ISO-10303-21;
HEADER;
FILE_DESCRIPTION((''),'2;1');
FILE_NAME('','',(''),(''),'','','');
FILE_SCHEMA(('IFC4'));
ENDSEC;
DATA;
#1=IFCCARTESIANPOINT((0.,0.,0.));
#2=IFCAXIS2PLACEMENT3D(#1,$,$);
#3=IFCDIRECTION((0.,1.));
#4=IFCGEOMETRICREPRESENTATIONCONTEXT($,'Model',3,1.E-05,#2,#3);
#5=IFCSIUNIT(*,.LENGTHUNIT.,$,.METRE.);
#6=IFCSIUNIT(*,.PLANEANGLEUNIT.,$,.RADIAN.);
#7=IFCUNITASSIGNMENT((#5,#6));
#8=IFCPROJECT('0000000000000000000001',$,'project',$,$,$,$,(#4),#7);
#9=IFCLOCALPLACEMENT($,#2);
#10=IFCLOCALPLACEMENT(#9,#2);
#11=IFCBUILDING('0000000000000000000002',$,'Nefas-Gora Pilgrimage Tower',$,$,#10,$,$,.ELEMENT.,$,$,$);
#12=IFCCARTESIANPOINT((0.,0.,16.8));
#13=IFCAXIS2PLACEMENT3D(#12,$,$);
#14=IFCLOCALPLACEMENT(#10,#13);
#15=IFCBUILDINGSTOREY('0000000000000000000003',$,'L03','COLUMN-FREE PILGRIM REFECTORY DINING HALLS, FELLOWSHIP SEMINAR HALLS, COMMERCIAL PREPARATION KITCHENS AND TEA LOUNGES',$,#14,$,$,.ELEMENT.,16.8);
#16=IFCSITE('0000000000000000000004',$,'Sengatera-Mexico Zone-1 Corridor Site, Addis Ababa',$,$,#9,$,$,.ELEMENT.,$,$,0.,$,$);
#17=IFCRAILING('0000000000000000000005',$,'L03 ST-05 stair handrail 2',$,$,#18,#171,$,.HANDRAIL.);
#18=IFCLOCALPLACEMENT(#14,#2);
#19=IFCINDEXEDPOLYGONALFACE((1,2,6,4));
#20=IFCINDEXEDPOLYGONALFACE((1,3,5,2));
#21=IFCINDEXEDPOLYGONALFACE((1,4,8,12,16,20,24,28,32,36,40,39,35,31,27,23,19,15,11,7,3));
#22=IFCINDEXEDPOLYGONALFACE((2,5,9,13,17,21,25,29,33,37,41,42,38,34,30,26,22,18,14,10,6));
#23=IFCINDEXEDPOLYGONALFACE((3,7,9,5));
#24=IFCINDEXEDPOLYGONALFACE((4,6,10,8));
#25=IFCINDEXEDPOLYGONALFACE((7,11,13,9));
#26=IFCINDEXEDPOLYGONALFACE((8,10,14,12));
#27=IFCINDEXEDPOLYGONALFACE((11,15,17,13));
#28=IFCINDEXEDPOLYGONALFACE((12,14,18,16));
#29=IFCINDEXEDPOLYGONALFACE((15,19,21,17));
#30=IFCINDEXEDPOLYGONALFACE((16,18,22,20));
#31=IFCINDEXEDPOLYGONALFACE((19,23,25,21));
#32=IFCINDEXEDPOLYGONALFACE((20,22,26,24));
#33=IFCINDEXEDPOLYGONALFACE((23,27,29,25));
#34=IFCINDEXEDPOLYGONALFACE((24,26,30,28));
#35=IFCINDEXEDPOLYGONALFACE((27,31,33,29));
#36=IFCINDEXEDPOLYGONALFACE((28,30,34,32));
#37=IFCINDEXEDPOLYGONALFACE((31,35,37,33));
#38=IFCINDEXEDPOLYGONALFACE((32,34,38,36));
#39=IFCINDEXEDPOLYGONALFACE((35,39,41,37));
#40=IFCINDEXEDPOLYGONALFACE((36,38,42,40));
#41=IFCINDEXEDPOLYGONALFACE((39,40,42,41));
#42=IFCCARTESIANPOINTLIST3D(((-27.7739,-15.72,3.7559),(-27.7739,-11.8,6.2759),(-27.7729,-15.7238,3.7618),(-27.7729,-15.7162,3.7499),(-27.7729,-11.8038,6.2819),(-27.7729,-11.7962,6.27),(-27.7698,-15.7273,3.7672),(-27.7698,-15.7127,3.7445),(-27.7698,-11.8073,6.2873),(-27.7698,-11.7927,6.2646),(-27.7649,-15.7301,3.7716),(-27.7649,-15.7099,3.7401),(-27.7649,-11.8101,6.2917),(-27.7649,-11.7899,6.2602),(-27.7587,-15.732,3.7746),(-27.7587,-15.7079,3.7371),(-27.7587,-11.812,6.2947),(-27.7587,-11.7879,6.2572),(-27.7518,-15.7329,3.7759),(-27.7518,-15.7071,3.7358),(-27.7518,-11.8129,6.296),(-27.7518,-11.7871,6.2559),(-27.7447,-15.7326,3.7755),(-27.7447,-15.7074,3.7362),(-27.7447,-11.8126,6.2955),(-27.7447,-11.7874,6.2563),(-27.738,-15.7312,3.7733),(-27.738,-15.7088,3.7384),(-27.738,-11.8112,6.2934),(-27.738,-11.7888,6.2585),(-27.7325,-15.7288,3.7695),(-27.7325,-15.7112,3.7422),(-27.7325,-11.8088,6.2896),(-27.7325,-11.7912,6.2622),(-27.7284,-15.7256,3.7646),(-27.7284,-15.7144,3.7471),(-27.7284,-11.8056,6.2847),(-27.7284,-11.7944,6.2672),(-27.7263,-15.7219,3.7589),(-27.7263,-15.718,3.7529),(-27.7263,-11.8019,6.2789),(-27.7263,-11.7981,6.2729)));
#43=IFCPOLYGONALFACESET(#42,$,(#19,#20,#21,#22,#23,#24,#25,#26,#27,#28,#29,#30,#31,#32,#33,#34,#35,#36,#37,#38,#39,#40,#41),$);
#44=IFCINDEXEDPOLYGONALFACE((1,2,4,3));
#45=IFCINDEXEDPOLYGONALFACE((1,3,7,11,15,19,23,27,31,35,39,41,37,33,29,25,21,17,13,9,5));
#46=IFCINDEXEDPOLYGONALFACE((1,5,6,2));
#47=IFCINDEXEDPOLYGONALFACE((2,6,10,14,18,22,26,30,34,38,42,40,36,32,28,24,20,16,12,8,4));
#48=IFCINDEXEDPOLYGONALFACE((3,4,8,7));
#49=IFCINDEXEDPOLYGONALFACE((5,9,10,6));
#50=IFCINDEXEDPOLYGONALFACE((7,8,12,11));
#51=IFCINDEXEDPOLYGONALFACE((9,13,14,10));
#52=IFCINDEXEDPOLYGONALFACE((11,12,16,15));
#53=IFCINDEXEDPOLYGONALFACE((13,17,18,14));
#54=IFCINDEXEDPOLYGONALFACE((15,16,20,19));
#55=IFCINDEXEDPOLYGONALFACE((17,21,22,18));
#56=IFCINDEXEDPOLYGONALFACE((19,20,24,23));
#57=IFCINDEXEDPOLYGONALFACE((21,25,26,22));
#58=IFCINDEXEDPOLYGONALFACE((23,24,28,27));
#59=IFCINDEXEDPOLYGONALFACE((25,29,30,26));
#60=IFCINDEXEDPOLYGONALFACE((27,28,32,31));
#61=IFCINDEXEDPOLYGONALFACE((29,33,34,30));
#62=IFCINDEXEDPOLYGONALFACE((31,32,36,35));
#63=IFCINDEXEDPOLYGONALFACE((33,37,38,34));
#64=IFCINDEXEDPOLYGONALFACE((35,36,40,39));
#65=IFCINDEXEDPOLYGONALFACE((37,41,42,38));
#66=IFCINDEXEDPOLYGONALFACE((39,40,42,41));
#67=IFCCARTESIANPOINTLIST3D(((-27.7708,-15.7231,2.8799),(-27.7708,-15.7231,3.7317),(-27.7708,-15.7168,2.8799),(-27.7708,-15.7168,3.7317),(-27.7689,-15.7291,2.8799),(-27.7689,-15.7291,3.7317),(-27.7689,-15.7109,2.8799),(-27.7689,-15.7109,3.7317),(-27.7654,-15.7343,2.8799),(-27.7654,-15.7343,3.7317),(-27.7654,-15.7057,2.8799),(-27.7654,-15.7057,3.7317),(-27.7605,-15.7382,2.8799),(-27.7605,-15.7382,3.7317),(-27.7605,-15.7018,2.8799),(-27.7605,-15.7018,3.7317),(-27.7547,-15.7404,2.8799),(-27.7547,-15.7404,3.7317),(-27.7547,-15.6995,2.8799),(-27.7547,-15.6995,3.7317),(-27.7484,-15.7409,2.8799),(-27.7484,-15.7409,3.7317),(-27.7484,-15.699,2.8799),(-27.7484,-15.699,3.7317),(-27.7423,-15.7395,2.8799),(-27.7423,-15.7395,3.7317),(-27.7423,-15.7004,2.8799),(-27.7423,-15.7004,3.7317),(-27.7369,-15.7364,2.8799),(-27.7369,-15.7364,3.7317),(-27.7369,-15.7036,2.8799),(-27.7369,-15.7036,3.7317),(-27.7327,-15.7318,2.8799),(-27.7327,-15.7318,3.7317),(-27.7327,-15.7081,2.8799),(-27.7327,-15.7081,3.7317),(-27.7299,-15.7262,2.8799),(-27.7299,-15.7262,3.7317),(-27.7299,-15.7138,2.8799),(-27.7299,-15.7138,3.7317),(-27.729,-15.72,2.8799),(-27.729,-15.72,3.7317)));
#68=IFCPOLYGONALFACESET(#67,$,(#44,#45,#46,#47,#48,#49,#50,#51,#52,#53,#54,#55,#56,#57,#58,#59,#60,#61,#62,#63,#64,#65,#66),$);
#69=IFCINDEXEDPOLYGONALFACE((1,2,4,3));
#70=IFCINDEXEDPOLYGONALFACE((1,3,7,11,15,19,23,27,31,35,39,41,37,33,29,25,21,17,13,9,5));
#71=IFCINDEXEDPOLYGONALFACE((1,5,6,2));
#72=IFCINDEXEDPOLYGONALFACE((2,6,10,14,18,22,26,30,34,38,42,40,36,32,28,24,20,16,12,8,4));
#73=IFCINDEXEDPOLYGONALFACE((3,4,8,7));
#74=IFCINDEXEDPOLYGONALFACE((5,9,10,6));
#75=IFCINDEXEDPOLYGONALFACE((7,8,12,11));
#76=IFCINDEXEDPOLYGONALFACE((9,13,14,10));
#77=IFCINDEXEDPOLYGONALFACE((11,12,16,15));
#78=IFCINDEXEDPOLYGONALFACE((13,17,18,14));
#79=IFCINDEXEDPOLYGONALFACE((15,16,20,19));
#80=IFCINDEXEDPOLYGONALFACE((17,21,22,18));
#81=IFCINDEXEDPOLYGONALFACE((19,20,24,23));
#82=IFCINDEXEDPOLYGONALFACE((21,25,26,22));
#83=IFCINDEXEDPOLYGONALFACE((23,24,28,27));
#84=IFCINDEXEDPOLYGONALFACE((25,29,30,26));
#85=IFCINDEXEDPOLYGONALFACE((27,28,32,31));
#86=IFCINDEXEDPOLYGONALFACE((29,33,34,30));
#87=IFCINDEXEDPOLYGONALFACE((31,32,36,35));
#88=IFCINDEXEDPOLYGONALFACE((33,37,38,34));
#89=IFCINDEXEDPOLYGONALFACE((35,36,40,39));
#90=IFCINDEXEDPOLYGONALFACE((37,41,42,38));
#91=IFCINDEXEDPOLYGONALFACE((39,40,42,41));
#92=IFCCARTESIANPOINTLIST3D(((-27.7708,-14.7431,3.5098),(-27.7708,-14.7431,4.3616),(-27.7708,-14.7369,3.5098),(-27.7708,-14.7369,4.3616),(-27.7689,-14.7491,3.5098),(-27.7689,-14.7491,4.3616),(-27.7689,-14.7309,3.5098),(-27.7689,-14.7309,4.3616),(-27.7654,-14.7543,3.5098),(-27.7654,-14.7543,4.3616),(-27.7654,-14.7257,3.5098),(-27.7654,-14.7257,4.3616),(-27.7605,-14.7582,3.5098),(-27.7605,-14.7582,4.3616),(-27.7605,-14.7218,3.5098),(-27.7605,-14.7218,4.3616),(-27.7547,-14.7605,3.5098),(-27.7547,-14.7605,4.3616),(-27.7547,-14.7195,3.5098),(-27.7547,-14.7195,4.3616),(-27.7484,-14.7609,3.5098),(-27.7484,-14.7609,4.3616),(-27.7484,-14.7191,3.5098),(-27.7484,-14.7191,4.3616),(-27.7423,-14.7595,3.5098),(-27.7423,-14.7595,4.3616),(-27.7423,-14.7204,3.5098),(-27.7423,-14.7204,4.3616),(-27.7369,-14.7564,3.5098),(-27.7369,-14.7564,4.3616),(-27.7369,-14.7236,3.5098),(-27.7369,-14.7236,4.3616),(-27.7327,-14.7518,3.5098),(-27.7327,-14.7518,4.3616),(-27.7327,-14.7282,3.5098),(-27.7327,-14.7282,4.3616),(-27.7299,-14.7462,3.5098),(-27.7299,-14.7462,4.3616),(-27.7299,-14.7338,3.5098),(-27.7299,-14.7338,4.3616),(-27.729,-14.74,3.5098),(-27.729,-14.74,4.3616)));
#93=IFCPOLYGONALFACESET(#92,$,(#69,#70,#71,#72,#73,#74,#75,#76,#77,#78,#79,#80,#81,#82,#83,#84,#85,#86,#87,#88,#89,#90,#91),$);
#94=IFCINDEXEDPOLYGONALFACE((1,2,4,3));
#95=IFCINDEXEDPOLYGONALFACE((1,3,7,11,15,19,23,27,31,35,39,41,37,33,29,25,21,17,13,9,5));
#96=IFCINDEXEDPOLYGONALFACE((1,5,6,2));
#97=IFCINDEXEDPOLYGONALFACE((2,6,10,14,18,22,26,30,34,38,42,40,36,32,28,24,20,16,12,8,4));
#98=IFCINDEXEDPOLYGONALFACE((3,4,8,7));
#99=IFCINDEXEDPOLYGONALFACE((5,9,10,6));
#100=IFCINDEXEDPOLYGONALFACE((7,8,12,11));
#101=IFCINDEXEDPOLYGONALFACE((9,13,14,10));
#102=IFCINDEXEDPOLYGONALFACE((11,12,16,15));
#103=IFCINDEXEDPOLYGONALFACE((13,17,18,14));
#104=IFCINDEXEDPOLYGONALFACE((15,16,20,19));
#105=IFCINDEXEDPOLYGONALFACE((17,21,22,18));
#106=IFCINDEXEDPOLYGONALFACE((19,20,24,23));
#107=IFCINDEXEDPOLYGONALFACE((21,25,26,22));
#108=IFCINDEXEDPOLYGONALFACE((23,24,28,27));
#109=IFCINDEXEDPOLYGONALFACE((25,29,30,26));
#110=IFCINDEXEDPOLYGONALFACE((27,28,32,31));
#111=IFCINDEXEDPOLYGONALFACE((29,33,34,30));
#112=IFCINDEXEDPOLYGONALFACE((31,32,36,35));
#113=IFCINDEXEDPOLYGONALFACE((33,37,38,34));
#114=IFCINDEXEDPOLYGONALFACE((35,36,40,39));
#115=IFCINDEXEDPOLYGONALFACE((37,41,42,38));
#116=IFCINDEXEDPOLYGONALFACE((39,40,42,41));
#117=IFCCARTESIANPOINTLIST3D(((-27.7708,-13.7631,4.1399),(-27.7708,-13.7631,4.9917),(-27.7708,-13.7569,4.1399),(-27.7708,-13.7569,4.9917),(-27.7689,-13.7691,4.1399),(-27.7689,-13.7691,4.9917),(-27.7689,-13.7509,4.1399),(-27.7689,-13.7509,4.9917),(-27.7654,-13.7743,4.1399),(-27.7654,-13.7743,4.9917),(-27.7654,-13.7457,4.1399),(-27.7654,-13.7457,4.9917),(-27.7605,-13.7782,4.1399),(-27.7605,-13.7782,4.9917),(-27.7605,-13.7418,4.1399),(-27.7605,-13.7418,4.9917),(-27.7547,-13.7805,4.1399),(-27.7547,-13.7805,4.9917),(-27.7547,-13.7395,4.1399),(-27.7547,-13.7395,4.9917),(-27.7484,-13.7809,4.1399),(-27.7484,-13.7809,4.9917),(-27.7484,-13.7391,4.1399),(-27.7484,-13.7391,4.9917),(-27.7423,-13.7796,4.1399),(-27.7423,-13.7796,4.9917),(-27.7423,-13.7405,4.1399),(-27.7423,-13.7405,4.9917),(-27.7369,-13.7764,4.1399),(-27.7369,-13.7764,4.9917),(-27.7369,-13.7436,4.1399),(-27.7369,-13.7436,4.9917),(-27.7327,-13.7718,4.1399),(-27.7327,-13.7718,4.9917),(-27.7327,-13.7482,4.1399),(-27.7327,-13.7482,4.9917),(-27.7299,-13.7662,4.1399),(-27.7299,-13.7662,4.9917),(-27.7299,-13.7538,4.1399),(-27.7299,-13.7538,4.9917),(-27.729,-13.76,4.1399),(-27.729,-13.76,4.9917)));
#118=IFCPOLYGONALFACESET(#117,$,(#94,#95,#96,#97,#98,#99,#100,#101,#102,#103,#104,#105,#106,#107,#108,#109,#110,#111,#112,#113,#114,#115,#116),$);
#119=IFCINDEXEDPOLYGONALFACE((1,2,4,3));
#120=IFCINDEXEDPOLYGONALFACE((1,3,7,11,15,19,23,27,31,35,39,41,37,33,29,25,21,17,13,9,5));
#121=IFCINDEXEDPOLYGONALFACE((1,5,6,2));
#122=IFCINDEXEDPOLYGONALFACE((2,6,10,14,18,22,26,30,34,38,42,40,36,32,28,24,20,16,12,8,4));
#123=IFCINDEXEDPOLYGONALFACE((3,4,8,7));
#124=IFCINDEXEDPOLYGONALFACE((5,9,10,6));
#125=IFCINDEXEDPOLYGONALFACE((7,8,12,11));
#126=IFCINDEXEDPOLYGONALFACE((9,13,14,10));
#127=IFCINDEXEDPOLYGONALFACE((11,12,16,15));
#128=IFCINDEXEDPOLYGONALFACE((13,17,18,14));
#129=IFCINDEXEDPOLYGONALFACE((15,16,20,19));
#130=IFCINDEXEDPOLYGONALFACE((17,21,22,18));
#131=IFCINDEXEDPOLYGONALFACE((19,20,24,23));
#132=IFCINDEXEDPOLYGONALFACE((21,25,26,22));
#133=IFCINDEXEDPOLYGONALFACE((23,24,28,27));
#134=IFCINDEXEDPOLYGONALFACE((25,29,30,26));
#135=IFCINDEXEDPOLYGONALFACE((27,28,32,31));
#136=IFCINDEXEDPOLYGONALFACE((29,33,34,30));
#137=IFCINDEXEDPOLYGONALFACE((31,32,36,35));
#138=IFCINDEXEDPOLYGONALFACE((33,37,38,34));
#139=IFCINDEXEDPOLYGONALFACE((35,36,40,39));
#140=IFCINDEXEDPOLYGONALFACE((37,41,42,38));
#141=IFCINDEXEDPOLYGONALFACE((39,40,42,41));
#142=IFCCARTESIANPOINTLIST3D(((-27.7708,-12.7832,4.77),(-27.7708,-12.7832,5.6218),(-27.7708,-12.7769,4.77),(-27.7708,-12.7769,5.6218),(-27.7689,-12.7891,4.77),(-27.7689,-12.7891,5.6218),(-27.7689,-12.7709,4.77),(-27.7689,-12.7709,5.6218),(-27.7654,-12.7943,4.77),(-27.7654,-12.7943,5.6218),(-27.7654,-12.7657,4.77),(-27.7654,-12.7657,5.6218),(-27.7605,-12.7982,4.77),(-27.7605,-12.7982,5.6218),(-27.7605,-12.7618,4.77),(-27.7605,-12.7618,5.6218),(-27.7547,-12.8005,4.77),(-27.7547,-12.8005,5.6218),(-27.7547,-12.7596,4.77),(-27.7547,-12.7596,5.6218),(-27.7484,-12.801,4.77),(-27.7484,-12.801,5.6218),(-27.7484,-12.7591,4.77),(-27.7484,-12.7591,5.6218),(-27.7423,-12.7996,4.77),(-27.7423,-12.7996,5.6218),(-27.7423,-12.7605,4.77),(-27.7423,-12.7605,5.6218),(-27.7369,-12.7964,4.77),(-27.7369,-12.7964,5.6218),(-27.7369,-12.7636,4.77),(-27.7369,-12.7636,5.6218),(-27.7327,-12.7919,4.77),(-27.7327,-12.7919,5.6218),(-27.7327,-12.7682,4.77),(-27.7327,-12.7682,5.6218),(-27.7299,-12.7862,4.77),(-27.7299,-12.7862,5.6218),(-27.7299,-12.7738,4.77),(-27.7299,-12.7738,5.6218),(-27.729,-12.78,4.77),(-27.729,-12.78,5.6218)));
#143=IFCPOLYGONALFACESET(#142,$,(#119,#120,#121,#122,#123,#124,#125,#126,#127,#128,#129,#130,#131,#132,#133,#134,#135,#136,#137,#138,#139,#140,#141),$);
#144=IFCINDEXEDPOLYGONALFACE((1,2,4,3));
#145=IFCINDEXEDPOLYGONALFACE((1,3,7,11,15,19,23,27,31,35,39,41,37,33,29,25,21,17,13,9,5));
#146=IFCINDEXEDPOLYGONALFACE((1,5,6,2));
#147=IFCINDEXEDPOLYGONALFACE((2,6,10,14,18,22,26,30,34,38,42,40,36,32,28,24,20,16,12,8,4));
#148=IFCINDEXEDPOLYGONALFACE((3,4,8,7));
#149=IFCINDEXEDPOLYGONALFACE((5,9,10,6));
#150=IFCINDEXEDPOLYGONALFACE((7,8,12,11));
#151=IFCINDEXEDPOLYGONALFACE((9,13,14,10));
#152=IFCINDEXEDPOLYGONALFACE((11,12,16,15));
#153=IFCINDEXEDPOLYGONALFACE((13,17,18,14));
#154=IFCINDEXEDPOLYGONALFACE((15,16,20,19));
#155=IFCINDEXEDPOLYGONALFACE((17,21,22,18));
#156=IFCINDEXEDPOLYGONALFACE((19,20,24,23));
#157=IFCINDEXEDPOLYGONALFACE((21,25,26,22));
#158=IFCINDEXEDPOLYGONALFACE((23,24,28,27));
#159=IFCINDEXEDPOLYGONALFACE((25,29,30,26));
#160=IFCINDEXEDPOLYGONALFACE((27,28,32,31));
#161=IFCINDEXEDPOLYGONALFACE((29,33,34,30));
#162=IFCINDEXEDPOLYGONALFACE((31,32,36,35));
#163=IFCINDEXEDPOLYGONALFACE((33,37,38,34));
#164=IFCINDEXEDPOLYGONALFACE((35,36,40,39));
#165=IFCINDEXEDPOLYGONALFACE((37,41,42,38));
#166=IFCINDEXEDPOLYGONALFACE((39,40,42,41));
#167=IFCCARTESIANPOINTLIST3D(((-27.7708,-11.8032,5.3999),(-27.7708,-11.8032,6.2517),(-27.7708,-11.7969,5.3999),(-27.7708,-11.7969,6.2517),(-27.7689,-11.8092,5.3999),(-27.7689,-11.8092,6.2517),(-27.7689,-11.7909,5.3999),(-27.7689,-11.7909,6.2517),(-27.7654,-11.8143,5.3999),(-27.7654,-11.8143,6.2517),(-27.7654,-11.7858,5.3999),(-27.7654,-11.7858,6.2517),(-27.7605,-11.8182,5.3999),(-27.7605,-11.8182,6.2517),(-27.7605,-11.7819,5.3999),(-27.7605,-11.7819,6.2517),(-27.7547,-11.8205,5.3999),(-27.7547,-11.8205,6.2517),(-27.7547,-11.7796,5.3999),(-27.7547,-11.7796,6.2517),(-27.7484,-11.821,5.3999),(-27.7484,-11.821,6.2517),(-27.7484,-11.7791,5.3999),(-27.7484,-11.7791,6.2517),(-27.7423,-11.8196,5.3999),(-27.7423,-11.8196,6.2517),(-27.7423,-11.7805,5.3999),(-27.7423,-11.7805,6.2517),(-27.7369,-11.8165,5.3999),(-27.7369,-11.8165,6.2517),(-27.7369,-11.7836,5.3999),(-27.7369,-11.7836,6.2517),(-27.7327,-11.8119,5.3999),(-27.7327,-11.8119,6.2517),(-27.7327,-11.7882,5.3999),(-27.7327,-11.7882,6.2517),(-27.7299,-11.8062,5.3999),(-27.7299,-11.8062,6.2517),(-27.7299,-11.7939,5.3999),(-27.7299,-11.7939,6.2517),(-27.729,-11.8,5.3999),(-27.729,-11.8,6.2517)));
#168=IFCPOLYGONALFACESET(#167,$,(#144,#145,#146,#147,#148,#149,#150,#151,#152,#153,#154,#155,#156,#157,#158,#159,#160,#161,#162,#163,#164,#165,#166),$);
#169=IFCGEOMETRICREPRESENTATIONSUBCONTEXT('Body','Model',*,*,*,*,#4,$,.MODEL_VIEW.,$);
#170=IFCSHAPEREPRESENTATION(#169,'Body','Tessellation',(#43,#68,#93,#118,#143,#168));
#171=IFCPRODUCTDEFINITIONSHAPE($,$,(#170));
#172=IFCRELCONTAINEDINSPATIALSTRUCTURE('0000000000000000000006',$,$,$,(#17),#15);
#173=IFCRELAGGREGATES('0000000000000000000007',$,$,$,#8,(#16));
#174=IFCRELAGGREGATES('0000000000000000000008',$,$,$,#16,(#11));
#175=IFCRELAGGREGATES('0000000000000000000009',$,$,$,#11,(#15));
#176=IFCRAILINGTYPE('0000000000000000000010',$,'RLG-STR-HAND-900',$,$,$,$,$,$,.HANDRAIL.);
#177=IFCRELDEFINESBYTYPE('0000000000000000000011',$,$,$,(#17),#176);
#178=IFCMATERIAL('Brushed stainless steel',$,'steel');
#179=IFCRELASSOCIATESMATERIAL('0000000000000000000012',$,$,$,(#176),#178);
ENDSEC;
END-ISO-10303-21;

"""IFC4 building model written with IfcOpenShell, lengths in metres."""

from ifc_helpers import new_model, si_unit, direction, frame, origin, origin_2d, place, context, subcontext, project, spatial, circle, extrude, material, type_object, element, save


model = new_model("IFC4")

# Units and contexts
model_context = context("Model", 3, precision=1e-05, world=origin(), true_north=direction((0.0, 1.0)))
body_context = subcontext(model_context, "Body", "Model", "MODEL_VIEW")
ifc_project = project(units=[si_unit("LENGTHUNIT", "METRE"), si_unit("PLANEANGLEUNIT", "RADIAN")], contexts=[model_context])

# Site, building, storey
site_placement = place(None, origin())
site = spatial("IfcSite", under=ifc_project, at=site_placement, Name="Sengatera-Mexico Zone-1 Corridor Site, Addis Ababa", CompositionType="ELEMENT", RefElevation=0.0)
building_placement = place(site_placement, origin())
building = spatial("IfcBuilding", under=site, at=building_placement, Name="Nefas-Gora Pilgrimage Tower", CompositionType="ELEMENT")
storey_placement = place(building_placement, frame((0.0, 0.0, 16.8)))
storey = spatial("IfcBuildingStorey", under=building, at=storey_placement, Name="L03", Description="COLUMN-FREE PILGRIM REFECTORY DINING HALLS, FELLOWSHIP SEMINAR HALLS, COMMERCIAL PREPARATION KITCHENS AND TEA LOUNGES", CompositionType="ELEMENT", Elevation=16.8)

# Railing
ifc_material_1 = material(Name="Brushed stainless steel", Category="steel")
railing_type_1 = type_object("IfcRailingType", Name="RLG-STR-HAND-900", PredefinedType="HANDRAIL", material=ifc_material_1)
railing_1_placement = place(storey_placement, frame((-27.75, -15.72, 2.8799)))
element("IfcRailing", 1, at=railing_1_placement, inside=storey, type_object=railing_type_1, Name="L03 ST-05 stair handrail 2", PredefinedType="HANDRAIL", context=body_context, shape_type="SweptSolid", body=[
    extrude(circle(Radius=0.0239, at=origin_2d()), frame((0.0, 0.0, 0.876), z_axis=(0.0, 0.841172, 0.540768), x_axis=(-1.0, 0.0, 0.0)), (0.0, 0.0, 1.0), 4.6602),
    extrude(circle(Radius=0.021, at=origin_2d()), origin(), (0.0, 0.0, 1.0), 0.8518),
    extrude(circle(Radius=0.021, at=origin_2d()), frame((0.0, 0.98, 0.6299)), (0.0, 0.0, 1.0), 0.8518),
    extrude(circle(Radius=0.021, at=origin_2d()), frame((0.0, 1.96, 1.26)), (0.0, 0.0, 1.0), 0.8518),
    extrude(circle(Radius=0.021, at=origin_2d()), frame((0.0, 2.9399, 1.8901)), (0.0, 0.0, 1.0), 0.8518),
    extrude(circle(Radius=0.021, at=origin_2d()), frame((0.0, 3.9199, 2.52)), (0.0, 0.0, 1.0), 0.8518),
])

save(model, "model.ifc")
